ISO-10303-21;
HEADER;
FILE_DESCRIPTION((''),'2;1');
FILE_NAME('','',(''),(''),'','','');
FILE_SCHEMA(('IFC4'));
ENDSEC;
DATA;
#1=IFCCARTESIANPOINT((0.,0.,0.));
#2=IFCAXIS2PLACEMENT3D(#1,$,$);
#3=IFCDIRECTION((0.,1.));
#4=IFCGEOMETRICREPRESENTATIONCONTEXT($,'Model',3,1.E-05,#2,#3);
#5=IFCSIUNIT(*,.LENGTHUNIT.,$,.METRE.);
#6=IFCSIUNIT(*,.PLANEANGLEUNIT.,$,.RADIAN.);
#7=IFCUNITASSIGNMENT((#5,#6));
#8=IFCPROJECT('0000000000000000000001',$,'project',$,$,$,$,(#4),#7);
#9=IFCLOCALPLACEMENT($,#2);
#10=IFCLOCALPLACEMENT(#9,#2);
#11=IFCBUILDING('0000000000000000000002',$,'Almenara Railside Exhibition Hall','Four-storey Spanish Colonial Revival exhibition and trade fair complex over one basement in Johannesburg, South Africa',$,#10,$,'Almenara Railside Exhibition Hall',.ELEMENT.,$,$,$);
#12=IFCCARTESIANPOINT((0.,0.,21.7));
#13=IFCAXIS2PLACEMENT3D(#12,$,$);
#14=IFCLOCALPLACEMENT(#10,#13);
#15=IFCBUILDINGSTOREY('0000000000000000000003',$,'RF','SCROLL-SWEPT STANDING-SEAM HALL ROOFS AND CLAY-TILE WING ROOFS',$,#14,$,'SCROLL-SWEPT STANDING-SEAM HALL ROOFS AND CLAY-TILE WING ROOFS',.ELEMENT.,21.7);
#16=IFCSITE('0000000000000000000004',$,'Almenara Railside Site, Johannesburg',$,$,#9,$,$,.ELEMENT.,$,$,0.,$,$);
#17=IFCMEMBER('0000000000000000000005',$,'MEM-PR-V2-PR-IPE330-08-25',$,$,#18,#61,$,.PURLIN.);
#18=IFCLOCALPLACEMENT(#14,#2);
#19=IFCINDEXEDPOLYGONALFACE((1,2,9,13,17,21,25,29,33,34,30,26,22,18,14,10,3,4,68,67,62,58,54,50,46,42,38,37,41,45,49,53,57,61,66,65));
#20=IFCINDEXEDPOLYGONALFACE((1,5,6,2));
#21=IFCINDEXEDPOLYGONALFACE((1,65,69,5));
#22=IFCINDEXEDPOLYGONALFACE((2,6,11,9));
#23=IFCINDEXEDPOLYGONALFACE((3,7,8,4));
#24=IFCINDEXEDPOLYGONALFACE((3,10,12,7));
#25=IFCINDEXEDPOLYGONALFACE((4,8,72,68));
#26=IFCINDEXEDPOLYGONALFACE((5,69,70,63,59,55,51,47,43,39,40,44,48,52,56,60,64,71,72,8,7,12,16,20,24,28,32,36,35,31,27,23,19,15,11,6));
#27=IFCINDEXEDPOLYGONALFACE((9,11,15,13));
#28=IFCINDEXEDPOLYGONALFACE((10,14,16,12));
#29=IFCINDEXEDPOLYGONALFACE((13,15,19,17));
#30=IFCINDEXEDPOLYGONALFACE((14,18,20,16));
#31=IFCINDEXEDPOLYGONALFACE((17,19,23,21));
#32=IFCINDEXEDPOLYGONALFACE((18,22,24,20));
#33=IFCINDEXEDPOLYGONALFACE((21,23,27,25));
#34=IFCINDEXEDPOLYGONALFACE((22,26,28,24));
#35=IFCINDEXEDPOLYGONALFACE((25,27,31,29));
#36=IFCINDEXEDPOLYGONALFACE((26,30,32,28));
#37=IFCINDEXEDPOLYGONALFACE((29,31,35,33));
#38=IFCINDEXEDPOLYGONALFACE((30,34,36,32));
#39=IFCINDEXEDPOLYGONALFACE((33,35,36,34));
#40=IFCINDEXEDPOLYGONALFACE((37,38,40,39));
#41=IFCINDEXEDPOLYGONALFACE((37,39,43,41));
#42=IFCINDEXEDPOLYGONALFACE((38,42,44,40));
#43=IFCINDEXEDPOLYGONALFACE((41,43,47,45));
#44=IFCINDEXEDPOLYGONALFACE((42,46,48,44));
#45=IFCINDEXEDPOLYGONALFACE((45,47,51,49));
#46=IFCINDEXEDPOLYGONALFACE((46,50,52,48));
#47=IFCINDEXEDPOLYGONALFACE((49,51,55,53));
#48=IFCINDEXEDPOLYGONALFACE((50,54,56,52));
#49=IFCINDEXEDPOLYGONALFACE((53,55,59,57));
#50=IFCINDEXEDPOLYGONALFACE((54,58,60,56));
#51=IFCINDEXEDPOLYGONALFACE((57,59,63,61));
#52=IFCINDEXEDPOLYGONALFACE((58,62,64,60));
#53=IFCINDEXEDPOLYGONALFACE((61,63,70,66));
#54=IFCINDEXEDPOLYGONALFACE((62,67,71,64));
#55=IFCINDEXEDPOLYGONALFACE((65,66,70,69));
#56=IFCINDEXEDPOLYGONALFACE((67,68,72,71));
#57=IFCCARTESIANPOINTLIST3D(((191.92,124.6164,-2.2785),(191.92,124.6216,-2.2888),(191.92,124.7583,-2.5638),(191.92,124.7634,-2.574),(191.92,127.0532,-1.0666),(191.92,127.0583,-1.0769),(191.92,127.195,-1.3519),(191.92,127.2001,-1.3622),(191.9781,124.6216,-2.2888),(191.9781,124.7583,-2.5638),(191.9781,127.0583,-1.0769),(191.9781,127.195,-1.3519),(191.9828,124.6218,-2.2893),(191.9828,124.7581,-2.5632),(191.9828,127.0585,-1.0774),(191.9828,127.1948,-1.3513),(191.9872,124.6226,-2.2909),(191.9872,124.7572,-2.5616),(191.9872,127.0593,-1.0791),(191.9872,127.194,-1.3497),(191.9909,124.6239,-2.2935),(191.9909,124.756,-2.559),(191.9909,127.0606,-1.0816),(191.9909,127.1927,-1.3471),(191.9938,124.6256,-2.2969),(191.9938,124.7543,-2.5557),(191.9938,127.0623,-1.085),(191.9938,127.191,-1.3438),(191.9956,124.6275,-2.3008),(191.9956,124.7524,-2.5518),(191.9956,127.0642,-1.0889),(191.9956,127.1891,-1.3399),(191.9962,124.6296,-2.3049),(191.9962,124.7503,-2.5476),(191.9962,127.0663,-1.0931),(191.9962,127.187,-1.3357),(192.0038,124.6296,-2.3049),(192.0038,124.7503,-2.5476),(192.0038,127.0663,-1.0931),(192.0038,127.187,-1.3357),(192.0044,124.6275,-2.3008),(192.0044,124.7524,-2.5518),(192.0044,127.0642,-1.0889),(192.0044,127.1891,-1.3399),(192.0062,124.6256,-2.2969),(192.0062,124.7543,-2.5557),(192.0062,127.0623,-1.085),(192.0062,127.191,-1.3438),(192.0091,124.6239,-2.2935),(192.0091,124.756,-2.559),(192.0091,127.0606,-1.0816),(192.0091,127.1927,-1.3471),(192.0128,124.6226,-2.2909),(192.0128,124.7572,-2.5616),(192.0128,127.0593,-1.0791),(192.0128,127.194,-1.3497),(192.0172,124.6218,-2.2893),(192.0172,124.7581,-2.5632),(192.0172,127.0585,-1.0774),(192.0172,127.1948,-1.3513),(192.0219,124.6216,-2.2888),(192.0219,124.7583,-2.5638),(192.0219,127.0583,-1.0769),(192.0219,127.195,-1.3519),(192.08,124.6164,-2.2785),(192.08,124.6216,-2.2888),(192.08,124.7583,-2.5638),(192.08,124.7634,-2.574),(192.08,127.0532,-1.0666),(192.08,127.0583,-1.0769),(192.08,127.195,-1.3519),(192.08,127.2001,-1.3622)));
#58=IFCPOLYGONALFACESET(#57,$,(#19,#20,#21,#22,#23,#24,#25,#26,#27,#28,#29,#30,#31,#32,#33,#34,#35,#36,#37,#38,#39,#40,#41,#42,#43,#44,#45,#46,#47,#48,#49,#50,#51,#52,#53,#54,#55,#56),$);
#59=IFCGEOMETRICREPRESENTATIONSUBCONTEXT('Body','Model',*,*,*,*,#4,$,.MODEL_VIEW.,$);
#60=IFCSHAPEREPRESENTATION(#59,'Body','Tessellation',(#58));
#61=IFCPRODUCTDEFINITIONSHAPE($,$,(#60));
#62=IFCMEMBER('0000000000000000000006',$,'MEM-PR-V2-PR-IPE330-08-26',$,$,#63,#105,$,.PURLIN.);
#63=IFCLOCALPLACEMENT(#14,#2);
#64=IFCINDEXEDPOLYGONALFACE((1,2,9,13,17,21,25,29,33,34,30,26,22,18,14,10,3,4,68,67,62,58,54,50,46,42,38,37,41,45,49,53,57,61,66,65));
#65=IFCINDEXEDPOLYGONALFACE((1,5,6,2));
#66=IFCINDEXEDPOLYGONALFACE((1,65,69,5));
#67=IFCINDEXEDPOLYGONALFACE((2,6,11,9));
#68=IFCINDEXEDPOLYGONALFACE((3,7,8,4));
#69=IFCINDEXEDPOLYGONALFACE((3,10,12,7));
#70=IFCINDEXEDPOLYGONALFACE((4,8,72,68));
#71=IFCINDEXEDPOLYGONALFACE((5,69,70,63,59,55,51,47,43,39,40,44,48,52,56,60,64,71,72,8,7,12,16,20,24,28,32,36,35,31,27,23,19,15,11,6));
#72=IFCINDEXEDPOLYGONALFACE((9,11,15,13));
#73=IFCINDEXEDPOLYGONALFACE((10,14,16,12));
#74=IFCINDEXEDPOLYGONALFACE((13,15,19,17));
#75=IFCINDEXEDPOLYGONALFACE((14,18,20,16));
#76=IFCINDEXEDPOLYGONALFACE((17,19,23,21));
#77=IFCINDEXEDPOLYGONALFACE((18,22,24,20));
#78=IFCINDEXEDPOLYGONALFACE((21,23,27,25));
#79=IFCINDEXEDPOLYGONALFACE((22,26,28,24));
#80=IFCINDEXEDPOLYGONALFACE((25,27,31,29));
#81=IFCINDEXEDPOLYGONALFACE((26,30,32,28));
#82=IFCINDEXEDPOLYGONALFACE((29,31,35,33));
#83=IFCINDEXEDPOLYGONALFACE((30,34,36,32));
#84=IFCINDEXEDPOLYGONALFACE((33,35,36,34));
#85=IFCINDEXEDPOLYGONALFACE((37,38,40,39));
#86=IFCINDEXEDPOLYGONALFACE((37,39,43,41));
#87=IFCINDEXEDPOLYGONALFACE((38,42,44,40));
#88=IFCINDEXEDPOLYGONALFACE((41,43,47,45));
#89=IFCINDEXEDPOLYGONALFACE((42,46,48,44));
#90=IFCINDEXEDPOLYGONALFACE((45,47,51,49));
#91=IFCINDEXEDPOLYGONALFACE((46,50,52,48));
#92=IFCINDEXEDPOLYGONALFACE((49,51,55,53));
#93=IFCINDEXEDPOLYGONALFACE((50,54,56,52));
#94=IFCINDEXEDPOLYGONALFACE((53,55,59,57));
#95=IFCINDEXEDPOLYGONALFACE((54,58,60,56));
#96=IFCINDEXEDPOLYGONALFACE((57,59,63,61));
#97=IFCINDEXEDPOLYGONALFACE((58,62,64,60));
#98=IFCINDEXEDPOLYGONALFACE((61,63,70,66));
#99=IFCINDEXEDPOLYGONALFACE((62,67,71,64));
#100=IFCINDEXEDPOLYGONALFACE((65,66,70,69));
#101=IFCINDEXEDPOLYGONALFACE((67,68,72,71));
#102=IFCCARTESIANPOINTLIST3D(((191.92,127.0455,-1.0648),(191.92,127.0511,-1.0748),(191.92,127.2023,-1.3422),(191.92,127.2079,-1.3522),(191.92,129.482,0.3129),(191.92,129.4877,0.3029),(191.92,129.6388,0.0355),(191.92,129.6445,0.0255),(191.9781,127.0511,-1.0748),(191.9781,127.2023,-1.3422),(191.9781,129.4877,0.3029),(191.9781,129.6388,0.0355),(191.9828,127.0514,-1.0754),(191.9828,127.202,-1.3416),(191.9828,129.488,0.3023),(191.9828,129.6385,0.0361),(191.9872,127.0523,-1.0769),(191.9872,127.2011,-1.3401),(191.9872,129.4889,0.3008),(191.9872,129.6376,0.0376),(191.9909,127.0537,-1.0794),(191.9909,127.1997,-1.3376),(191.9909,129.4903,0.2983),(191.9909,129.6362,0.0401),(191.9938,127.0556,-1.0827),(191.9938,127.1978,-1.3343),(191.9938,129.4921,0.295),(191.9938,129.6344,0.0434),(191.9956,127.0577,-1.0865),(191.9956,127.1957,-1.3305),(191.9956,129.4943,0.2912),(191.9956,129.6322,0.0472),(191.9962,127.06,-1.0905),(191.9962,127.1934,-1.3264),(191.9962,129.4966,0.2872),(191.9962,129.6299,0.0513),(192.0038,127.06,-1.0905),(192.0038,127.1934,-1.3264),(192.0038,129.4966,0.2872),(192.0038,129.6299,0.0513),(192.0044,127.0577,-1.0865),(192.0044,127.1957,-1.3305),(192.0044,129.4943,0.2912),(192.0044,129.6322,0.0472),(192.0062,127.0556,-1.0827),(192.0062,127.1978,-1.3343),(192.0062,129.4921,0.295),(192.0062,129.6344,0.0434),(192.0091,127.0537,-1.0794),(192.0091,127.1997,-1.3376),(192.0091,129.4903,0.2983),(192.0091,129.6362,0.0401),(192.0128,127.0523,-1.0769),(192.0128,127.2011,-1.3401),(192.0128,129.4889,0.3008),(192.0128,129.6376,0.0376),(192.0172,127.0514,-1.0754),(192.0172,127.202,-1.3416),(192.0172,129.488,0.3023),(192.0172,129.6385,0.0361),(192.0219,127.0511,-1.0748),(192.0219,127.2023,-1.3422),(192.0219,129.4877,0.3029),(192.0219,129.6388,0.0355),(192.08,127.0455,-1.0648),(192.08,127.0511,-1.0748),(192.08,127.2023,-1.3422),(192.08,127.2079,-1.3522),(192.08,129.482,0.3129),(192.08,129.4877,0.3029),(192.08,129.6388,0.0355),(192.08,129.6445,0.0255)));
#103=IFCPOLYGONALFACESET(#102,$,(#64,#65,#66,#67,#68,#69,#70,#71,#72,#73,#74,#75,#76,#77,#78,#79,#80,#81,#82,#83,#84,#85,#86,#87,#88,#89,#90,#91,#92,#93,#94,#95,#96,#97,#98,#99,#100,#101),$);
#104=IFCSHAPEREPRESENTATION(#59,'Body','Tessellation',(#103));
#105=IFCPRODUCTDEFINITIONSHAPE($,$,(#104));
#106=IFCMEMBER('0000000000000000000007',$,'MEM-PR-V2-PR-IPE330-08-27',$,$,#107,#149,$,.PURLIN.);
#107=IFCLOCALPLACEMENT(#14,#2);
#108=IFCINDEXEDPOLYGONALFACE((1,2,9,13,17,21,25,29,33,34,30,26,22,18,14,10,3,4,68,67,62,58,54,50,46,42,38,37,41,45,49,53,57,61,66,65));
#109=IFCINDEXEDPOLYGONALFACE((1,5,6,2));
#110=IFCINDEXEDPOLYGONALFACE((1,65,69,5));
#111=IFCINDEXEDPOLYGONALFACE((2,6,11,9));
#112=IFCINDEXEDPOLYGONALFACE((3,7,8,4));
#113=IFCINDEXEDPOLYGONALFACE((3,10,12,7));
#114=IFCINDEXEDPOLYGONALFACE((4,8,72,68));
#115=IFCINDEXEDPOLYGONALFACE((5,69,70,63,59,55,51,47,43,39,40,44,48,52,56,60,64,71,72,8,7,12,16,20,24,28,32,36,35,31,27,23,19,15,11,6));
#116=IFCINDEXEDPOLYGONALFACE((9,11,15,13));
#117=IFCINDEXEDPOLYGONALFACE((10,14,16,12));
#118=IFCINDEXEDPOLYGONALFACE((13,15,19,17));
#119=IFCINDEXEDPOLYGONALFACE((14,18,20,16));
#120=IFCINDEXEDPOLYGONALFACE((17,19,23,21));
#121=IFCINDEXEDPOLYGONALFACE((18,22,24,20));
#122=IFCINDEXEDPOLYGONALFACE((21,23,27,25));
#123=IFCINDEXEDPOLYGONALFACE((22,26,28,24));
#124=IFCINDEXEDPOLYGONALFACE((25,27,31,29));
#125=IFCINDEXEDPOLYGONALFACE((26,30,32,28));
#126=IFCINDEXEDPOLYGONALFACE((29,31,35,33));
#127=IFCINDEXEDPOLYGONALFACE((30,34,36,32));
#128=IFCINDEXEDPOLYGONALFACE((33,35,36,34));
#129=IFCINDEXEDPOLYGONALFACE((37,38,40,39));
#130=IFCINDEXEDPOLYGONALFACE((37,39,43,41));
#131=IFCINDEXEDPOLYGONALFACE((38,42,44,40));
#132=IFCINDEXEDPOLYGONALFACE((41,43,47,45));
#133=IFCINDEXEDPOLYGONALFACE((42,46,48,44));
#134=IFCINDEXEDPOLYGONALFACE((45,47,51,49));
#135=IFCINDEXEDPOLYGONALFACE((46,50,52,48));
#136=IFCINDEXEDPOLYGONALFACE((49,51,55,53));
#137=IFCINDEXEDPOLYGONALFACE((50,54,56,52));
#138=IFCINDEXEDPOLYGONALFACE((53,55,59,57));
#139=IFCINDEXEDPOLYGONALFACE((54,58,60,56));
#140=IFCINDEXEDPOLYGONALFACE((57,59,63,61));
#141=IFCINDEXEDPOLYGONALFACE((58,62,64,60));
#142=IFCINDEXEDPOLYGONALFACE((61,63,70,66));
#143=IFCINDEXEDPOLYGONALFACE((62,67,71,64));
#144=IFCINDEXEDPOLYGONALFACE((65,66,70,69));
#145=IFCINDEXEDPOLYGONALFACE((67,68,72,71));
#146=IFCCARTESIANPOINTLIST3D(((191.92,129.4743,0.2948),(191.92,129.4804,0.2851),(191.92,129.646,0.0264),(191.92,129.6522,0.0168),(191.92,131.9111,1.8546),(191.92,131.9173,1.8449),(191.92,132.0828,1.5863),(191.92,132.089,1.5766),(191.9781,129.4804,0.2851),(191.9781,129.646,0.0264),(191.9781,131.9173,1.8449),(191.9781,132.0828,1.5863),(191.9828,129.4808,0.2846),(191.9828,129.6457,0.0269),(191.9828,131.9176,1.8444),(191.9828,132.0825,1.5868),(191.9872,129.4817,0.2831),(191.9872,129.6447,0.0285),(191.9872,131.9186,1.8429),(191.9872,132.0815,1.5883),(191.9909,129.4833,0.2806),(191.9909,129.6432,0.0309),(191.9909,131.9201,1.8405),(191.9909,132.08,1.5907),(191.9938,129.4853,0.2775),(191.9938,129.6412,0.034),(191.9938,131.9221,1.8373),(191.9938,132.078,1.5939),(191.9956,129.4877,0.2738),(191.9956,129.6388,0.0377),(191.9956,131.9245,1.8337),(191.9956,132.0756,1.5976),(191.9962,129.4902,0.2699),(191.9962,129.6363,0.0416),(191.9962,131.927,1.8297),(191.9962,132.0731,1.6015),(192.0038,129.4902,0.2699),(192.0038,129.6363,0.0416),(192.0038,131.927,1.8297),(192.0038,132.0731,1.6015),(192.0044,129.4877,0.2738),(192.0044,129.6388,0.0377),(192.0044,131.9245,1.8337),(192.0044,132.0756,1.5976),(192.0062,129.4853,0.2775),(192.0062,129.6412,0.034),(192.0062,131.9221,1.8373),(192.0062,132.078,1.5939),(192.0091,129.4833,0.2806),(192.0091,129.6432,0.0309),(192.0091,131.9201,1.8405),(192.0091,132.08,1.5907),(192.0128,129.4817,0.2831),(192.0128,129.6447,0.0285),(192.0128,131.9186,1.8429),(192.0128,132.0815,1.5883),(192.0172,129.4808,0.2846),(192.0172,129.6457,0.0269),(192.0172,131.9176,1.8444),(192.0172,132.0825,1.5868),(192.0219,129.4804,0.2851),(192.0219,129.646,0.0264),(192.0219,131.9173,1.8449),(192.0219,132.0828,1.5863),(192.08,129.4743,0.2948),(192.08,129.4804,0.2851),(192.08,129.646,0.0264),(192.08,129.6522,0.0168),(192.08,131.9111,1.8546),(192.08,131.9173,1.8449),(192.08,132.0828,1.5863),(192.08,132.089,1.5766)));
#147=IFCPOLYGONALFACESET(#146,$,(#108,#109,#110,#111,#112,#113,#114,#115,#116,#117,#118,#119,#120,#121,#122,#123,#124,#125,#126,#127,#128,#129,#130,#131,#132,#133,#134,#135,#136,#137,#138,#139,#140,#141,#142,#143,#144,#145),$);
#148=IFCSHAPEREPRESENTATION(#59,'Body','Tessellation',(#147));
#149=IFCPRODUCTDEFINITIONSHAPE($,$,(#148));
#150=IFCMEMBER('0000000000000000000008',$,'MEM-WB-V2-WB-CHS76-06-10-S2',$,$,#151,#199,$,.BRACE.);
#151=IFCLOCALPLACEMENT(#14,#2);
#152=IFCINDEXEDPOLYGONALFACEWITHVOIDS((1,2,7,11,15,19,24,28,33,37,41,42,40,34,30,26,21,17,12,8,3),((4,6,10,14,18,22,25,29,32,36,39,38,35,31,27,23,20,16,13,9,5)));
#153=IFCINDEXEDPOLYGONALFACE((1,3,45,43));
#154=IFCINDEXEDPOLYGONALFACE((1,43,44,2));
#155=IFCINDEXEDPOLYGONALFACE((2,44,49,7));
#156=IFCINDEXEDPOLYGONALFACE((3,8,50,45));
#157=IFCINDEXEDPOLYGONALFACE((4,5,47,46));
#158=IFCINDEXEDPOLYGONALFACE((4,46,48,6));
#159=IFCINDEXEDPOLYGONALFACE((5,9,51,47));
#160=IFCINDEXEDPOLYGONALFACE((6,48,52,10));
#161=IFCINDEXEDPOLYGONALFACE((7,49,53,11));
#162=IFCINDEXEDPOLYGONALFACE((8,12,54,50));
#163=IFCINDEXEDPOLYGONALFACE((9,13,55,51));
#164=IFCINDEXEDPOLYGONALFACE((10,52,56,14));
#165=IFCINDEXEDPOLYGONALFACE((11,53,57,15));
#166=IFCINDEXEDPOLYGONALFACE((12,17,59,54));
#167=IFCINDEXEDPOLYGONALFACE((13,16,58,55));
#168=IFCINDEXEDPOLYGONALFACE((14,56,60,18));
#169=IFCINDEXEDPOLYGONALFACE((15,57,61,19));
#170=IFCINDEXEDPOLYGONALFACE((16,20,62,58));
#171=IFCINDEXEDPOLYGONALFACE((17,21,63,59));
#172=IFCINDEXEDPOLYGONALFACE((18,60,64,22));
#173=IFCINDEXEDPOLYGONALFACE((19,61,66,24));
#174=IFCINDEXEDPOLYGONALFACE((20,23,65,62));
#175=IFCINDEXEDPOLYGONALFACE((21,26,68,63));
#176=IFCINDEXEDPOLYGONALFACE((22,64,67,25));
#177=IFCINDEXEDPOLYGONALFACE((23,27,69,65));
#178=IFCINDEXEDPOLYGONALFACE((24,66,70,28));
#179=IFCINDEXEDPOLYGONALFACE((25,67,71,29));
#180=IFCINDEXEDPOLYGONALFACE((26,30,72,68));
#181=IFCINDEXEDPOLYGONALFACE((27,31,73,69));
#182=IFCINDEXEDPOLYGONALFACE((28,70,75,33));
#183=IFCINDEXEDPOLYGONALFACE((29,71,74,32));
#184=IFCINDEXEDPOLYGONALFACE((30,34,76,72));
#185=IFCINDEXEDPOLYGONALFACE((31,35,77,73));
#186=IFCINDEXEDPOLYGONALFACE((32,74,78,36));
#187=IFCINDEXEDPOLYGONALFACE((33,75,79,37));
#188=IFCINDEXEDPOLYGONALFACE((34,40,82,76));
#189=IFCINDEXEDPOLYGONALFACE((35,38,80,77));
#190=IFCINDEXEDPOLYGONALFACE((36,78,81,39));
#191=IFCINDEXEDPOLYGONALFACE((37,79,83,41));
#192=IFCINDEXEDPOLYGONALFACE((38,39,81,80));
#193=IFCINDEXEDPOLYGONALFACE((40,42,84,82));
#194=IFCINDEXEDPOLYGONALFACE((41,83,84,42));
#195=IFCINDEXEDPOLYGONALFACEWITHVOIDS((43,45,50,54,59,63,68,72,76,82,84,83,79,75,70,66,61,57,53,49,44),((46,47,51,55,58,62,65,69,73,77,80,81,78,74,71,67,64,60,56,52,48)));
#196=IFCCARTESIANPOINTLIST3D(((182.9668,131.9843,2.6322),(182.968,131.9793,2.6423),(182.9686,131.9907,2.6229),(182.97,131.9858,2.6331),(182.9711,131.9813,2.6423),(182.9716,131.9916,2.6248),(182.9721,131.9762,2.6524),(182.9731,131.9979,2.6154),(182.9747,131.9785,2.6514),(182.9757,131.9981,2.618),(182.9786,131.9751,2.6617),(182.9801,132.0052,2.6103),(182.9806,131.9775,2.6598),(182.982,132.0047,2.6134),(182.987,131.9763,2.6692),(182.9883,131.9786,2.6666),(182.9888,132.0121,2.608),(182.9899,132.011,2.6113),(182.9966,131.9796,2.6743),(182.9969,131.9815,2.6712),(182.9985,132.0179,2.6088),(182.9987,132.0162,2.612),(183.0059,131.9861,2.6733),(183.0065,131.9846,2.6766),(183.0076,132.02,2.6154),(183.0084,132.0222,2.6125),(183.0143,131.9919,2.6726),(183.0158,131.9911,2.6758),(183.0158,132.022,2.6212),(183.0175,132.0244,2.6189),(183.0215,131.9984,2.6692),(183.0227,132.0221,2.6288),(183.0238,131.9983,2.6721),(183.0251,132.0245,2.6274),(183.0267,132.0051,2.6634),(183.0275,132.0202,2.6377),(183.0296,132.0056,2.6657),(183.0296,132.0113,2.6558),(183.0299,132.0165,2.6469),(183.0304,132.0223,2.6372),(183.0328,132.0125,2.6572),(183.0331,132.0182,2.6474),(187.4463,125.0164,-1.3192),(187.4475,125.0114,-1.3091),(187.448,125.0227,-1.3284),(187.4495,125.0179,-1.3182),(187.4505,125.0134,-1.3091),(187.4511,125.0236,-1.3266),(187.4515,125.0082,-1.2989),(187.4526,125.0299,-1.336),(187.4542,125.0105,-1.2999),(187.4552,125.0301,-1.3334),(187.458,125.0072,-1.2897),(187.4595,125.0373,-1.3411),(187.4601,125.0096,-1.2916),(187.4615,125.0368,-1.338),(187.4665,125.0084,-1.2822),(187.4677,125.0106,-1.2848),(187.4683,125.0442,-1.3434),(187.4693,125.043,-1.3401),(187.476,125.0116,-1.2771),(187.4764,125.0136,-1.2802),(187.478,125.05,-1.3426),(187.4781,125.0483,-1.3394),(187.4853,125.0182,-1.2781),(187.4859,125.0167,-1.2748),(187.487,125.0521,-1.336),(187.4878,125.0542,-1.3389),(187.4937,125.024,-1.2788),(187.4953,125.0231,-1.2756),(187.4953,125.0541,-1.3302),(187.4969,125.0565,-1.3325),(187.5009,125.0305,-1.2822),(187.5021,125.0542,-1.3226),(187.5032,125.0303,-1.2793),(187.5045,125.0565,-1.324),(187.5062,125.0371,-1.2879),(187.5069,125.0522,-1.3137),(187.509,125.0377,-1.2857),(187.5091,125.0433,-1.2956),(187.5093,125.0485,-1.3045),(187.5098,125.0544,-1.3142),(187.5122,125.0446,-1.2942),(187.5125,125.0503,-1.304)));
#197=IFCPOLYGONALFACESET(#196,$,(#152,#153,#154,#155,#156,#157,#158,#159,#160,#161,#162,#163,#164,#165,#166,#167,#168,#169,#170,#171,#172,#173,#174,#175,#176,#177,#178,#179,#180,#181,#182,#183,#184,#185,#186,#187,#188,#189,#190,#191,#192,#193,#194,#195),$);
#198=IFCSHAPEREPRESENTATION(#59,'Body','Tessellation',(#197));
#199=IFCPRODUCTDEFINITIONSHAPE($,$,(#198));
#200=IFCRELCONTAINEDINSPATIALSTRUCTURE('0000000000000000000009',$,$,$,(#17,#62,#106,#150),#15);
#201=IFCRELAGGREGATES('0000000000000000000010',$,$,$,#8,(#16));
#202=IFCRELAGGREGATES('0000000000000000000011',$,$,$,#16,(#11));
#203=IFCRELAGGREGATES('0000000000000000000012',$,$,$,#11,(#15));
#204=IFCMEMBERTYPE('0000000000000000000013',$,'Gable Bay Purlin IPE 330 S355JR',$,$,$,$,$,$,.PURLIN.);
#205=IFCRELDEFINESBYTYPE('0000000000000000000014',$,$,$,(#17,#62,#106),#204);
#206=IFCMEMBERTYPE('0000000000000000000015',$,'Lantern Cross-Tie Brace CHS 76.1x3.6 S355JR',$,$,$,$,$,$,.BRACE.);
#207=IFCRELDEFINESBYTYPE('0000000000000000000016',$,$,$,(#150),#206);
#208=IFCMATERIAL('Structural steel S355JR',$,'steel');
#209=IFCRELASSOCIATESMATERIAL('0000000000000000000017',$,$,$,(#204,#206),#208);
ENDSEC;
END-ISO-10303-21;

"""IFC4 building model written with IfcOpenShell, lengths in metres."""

from ifc_helpers import new_model, si_unit, direction, frame, origin, origin_2d, place, context, subcontext, project, spatial, hollow_circle, i_section, extrude, material, material_profile, profile_set, type_object, element, save


model = new_model("IFC4")

# Units and contexts
model_context = context("Model", 3, precision=1e-05, world=origin(), true_north=direction((0.0, 1.0)))
body_context = subcontext(model_context, "Body", "Model", "MODEL_VIEW")
ifc_project = project(units=[si_unit("LENGTHUNIT", "METRE"), si_unit("PLANEANGLEUNIT", "RADIAN")], contexts=[model_context])

# Site, building, storey
site_placement = place(None, origin())
site = spatial("IfcSite", under=ifc_project, at=site_placement, Name="Almenara Railside Site, Johannesburg", CompositionType="ELEMENT", RefElevation=0.0)
building_placement = place(site_placement, origin())
building = spatial("IfcBuilding", under=site, at=building_placement, Name="Almenara Railside Exhibition Hall", Description="Four-storey Spanish Colonial Revival exhibition and trade fair complex over one basement in Johannesburg, South Africa", LongName="Almenara Railside Exhibition Hall", CompositionType="ELEMENT")
storey_placement = place(building_placement, frame((0.0, 0.0, 21.7)))
storey = spatial("IfcBuildingStorey", under=building, at=storey_placement, Name="RF", Description="SCROLL-SWEPT STANDING-SEAM HALL ROOFS AND CLAY-TILE WING ROOFS", LongName="SCROLL-SWEPT STANDING-SEAM HALL ROOFS AND CLAY-TILE WING ROOFS", CompositionType="ELEMENT", Elevation=21.7)

# Shared definitions
ifc_material_1 = material(Name="Structural steel S355JR", Category="steel")

# Members
ifc_material_profile_1 = material_profile(ifc_material_1, i_section(OverallWidth=0.1599, OverallDepth=0.3301, WebThickness=0.0076, FlangeThickness=0.0115, FilletRadius=0.0181, at=origin_2d()), Name="IPE 330")
ifc_profile_set_1 = profile_set([ifc_material_profile_1], Name="Structural steel S355JR")
member_type_1 = type_object("IfcMemberType", Name="Gable Bay Purlin IPE 330 S355JR", PredefinedType="PURLIN", material=ifc_profile_set_1)
member_1_placement = place(storey_placement, frame((192.0, 124.6899, -2.4263), z_axis=(0.0, 0.895376, 0.445311), x_axis=(-1.0, 0.0, 0.0)))
element("IfcMember", 1, at=member_1_placement, inside=storey, type_object=member_type_1, Name="MEM-PR-V2-PR-IPE330-08-25", PredefinedType="PURLIN", context=body_context, shape_type="SweptSolid", body=[
    extrude(i_section(OverallWidth=0.1599, OverallDepth=0.3301, WebThickness=0.0076, FlangeThickness=0.0115, FilletRadius=0.0181, at=origin_2d()), origin(), (0.0, 0.0, 1.0), 2.7214),
])
member_2_placement = place(storey_placement, frame((192.0, 127.1267, -1.2085), z_axis=(0.0, 0.870483, 0.492198), x_axis=(-1.0, 0.0, 0.0)))
element("IfcMember", 2, at=member_2_placement, inside=storey, type_object=member_type_1, Name="MEM-PR-V2-PR-IPE330-08-26", PredefinedType="PURLIN", context=body_context, shape_type="SweptSolid", body=[
    extrude(i_section(OverallWidth=0.1599, OverallDepth=0.3301, WebThickness=0.0076, FlangeThickness=0.0115, FilletRadius=0.0181, at=origin_2d()), origin(), (0.0, 0.0, 1.0), 2.7991),
])
member_3_placement = place(storey_placement, frame((192.0, 129.5632, 0.1558), z_axis=(0.0, 0.842227, 0.539123), x_axis=(-1.0, 0.0, 0.0)))
element("IfcMember", 3, at=member_3_placement, inside=storey, type_object=member_type_1, Name="MEM-PR-V2-PR-IPE330-08-27", PredefinedType="PURLIN", context=body_context, shape_type="SweptSolid", body=[
    extrude(i_section(OverallWidth=0.1599, OverallDepth=0.3301, WebThickness=0.0076, FlangeThickness=0.0115, FilletRadius=0.0181, at=origin_2d()), origin(), (0.0, 0.0, 1.0), 2.8933),
])
ifc_material_profile_2 = material_profile(ifc_material_1, hollow_circle(Radius=0.0381, WallThickness=0.0037, at=origin_2d()), Name="CHS 76.1x3.6")
ifc_profile_set_2 = profile_set([ifc_material_profile_2], Name="Structural steel S355JR")
member_type_2 = type_object("IfcMemberType", Name="Lantern Cross-Tie Brace CHS 76.1x3.6 S355JR", PredefinedType="BRACE", material=ifc_profile_set_2)
member_4_placement = place(storey_placement, frame((187.4795, 125.032, -1.3091), z_axis=(-0.488077, 0.759222, 0.430539), x_axis=(-0.841176, -0.540762, 0.0)))
element("IfcMember", 4, at=member_4_placement, inside=storey, type_object=member_type_2, Name="MEM-WB-V2-WB-CHS76-06-10-S2", PredefinedType="BRACE", context=body_context, shape_type="SweptSolid", body=[
    extrude(hollow_circle(Radius=0.0381, WallThickness=0.0037, at=origin_2d()), origin(), (0.0, 0.0, 1.0), 9.1777),
])

save(model, "model.ifc")
